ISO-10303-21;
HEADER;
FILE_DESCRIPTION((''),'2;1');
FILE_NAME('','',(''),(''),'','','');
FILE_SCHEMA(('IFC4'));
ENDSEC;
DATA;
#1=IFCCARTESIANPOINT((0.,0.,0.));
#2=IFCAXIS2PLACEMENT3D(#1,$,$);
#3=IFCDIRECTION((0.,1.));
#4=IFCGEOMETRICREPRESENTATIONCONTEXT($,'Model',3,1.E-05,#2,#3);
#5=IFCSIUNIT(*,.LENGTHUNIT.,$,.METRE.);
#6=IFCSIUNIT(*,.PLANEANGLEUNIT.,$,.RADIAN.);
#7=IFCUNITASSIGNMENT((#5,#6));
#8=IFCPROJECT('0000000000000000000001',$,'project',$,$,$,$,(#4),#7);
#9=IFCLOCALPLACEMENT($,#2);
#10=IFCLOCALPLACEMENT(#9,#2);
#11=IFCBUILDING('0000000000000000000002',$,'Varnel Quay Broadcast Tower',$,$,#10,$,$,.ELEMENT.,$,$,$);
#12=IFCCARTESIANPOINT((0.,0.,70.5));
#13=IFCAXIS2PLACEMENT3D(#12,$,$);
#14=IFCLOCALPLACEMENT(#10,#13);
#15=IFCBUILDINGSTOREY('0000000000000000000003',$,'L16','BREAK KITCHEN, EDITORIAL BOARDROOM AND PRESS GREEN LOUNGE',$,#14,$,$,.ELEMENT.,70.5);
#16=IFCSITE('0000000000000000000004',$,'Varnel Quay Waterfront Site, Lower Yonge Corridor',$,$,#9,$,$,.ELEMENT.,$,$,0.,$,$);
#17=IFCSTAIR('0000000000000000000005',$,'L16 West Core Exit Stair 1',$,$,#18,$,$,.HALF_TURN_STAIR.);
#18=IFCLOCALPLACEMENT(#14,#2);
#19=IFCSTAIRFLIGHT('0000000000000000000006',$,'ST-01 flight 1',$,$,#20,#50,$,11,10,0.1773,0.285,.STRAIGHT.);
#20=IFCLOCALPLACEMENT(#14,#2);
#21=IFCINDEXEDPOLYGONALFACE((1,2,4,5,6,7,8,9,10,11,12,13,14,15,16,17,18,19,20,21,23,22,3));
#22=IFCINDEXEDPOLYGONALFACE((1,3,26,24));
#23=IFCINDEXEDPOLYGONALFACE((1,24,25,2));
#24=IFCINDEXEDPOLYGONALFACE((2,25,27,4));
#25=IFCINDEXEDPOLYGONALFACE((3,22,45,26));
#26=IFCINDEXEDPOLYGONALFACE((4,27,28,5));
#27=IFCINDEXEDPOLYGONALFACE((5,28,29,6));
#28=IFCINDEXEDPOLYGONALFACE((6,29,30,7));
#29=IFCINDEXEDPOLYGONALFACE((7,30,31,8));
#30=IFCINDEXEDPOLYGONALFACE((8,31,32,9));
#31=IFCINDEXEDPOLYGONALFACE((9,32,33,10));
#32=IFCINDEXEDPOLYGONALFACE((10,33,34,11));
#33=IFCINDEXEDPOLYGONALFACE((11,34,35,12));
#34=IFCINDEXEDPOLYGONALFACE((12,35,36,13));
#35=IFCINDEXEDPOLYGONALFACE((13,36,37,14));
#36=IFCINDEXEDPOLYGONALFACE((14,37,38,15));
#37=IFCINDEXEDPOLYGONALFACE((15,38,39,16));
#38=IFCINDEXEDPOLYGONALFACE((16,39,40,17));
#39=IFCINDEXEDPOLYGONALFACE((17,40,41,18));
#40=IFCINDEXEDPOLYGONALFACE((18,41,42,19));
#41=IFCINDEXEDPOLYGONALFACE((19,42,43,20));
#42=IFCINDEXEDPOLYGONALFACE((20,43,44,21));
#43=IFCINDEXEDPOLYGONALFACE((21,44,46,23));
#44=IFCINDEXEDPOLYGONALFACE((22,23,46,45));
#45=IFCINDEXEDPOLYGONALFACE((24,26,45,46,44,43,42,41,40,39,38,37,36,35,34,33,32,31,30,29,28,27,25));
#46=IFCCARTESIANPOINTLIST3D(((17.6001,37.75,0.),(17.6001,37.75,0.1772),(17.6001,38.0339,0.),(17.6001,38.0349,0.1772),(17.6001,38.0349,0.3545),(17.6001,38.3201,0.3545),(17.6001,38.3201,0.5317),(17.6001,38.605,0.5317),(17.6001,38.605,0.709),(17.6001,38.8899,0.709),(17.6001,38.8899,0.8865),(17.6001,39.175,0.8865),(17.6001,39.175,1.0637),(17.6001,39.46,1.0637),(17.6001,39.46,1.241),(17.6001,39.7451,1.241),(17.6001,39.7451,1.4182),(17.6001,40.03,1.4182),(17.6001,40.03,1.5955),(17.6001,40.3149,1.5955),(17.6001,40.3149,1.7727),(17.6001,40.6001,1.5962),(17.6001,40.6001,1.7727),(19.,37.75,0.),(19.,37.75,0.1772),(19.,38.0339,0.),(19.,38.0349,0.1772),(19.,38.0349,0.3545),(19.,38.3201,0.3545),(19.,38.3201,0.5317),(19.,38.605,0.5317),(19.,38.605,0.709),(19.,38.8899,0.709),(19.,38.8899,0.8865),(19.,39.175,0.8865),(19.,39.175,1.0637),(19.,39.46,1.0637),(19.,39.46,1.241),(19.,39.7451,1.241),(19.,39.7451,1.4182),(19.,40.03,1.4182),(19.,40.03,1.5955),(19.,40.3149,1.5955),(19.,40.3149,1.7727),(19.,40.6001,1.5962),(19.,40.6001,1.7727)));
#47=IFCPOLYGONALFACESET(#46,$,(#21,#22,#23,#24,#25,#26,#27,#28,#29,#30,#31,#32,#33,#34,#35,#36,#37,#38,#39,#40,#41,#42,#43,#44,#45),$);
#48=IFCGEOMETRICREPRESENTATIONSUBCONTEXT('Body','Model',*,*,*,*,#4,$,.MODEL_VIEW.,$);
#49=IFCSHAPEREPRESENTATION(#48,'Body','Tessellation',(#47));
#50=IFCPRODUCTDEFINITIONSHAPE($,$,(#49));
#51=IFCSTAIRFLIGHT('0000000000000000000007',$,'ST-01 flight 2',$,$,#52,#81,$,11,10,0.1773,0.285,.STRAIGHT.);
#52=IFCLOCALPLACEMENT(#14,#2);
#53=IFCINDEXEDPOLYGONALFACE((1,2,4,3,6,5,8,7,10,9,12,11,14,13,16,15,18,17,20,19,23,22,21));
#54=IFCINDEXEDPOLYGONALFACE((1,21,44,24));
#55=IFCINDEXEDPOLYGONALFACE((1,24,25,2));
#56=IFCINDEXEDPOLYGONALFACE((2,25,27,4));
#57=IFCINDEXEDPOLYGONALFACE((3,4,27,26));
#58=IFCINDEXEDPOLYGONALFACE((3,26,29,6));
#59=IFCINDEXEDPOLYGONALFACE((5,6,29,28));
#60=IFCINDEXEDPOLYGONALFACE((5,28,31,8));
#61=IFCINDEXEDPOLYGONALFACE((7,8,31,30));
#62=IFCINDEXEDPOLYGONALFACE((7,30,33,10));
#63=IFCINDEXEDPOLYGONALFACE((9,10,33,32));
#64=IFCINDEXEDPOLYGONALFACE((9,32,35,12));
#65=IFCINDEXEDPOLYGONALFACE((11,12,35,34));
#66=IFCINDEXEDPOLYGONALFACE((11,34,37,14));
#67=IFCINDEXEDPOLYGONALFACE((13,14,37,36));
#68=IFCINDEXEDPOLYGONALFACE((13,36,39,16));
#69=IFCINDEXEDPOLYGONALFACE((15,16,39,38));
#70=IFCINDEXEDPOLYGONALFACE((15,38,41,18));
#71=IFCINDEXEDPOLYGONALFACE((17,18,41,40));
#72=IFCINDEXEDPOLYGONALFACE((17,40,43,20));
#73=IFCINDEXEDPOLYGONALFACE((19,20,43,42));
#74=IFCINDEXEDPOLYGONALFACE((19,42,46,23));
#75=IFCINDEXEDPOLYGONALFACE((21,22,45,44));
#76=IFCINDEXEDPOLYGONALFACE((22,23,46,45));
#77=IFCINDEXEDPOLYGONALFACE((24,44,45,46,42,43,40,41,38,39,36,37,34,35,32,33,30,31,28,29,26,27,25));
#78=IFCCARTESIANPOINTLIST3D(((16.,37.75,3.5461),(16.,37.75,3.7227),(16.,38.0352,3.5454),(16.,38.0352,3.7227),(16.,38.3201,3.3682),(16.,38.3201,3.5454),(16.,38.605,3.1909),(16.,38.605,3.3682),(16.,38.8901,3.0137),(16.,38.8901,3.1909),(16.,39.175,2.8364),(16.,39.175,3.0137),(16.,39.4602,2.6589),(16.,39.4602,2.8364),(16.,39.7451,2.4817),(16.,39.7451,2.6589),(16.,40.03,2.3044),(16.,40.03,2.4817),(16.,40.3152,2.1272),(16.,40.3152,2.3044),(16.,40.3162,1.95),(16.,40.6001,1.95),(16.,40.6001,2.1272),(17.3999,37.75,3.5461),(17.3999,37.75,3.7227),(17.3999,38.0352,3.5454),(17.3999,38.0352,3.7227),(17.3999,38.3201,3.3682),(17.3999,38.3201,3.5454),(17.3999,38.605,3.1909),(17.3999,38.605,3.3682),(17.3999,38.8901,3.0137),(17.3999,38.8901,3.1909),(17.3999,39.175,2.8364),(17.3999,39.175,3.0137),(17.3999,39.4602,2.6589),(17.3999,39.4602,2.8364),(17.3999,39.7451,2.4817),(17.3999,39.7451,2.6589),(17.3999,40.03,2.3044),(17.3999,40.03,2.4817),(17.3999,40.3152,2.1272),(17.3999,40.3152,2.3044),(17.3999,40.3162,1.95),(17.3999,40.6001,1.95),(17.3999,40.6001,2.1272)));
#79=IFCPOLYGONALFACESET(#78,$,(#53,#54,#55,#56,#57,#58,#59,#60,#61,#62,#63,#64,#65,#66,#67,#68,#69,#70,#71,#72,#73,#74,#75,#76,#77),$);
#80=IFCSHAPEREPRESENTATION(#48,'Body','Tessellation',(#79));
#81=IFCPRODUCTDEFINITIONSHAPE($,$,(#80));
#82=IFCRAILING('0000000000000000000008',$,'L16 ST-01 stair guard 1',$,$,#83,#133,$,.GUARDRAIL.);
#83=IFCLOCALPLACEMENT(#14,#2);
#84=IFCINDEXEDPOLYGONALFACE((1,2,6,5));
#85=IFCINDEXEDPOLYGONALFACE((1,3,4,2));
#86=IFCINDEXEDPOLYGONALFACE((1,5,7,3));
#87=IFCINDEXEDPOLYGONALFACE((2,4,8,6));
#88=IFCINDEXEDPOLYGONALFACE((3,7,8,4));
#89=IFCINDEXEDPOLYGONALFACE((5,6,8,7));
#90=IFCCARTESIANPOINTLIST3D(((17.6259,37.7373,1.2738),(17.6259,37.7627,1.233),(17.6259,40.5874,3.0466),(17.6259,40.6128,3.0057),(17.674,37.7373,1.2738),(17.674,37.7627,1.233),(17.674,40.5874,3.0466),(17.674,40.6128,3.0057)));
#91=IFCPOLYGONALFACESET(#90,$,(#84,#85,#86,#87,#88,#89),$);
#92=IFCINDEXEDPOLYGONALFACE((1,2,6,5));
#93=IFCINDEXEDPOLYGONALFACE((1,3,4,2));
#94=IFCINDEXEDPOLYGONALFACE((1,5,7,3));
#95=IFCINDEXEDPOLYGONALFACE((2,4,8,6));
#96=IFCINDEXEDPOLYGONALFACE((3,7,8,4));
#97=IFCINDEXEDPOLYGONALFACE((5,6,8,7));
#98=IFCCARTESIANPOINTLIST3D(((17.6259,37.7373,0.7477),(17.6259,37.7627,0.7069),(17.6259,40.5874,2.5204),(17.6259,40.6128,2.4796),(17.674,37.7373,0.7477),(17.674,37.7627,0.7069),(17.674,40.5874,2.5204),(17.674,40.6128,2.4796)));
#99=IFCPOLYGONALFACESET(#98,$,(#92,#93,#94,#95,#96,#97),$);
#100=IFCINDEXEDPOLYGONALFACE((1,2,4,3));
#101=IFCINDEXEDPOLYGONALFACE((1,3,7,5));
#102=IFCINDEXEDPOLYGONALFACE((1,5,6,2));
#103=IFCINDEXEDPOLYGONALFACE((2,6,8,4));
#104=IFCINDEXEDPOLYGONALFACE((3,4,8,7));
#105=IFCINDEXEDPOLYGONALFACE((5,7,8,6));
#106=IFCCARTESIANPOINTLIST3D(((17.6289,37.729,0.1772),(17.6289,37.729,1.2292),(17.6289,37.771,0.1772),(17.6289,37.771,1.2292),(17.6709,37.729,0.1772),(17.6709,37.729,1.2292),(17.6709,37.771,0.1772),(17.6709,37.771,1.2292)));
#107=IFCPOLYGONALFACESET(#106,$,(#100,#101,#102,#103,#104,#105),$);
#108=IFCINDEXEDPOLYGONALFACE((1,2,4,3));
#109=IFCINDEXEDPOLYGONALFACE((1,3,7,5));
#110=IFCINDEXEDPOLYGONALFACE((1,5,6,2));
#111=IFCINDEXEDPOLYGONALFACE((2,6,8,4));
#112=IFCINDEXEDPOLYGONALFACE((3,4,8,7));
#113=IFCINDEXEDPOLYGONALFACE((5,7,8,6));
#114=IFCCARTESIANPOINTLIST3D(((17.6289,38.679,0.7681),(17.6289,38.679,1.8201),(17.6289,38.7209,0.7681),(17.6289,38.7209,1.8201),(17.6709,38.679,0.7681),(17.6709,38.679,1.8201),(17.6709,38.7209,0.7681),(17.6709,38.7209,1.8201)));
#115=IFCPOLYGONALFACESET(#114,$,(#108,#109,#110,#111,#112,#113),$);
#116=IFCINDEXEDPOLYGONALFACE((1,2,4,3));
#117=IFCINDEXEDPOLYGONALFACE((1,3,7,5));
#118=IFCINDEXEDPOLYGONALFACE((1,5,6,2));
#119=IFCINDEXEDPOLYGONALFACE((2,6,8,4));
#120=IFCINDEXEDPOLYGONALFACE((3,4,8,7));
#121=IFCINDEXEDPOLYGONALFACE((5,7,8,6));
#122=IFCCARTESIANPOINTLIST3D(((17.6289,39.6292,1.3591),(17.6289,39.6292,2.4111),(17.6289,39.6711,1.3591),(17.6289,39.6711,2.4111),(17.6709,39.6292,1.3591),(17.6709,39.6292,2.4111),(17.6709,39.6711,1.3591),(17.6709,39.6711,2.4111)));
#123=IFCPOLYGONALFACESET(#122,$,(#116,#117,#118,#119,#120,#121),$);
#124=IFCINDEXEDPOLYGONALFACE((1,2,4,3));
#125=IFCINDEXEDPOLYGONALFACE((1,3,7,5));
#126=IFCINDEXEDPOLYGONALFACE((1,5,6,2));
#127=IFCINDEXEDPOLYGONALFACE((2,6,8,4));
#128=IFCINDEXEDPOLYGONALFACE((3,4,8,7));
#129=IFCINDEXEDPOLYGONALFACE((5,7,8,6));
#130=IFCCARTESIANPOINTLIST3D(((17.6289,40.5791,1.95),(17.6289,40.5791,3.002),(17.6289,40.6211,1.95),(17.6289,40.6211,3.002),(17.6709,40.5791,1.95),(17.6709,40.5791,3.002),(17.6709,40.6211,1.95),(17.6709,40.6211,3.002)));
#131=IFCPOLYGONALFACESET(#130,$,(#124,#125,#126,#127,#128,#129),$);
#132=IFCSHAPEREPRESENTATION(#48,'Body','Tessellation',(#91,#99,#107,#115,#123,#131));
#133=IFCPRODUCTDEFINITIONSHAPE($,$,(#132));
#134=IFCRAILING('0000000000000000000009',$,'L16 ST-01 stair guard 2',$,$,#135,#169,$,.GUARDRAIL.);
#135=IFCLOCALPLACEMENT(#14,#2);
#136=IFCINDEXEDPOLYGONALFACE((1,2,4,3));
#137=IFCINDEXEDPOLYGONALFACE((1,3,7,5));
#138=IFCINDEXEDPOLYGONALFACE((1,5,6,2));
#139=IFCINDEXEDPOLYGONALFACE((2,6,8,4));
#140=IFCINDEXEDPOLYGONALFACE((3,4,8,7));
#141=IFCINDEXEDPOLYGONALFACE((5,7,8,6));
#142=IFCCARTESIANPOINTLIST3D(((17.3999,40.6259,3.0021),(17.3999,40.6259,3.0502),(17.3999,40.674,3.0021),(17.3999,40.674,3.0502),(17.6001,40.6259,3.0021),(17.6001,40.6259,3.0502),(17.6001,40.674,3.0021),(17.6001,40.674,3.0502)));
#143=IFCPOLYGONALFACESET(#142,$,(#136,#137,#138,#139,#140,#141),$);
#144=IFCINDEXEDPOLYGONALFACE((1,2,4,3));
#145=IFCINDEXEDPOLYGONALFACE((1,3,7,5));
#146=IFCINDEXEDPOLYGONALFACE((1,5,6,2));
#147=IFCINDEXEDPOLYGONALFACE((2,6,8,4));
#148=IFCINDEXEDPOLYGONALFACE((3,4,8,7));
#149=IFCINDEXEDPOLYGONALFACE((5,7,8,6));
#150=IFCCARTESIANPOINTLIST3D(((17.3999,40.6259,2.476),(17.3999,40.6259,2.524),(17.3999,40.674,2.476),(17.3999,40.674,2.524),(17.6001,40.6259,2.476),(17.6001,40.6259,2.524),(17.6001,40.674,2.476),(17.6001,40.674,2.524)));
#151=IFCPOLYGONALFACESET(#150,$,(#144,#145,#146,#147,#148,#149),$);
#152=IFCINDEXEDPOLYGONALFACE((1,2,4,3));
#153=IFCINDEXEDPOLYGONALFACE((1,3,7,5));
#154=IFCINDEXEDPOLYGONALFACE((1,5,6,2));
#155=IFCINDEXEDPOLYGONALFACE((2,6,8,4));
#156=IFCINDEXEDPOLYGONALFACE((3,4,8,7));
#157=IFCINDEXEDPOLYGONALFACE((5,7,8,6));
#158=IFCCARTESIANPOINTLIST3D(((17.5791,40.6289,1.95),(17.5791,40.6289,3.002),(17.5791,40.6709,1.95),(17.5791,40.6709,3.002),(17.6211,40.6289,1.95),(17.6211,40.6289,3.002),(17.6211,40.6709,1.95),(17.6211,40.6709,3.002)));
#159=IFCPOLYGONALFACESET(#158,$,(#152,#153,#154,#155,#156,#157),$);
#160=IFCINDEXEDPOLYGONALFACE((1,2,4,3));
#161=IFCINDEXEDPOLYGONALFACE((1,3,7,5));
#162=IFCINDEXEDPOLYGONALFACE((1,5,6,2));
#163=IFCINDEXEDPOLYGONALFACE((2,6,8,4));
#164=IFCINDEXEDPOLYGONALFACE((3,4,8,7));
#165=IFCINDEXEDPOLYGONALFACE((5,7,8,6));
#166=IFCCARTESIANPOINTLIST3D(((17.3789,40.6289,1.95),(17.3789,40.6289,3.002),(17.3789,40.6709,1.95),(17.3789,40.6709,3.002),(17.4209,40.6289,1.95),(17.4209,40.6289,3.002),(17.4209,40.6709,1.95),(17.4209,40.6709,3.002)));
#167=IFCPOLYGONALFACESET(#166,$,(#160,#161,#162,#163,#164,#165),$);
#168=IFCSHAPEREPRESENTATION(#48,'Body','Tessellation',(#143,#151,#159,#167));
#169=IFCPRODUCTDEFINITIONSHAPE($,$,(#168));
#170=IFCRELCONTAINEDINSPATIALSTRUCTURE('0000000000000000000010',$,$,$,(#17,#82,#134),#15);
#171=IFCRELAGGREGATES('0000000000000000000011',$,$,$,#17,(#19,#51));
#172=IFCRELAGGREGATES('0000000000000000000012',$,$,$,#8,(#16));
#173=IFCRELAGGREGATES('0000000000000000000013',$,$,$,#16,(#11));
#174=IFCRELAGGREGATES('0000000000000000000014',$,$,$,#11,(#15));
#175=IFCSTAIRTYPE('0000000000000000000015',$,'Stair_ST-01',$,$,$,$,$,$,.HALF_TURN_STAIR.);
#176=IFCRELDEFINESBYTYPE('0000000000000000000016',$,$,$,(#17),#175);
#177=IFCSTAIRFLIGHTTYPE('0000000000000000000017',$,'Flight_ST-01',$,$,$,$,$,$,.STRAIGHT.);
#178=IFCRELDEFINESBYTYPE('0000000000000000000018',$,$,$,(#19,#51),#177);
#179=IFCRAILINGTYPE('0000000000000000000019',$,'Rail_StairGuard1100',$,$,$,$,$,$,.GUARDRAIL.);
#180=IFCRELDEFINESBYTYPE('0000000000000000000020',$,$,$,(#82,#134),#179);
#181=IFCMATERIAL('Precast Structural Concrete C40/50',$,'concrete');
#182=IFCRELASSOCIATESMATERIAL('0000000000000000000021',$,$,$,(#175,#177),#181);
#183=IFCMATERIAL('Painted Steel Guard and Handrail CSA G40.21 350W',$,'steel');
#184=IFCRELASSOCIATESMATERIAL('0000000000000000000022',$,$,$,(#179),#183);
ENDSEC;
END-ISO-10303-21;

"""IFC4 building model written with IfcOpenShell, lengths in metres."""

from ifc_helpers import new_model, si_unit, direction, frame, origin, origin_2d, place, context, subcontext, project, spatial, polyline, rectangle, outline, extrude, material, type_object, element, aggregate, save


model = new_model("IFC4")

# Units and contexts
model_context = context("Model", 3, precision=1e-05, world=origin(), true_north=direction((0.0, 1.0)))
body_context = subcontext(model_context, "Body", "Model", "MODEL_VIEW")
ifc_project = project(units=[si_unit("LENGTHUNIT", "METRE"), si_unit("PLANEANGLEUNIT", "RADIAN")], contexts=[model_context])

# Site, building, storey
site_placement = place(None, origin())
site = spatial("IfcSite", under=ifc_project, at=site_placement, Name="Varnel Quay Waterfront Site, Lower Yonge Corridor", CompositionType="ELEMENT", RefElevation=0.0)
building_placement = place(site_placement, origin())
building = spatial("IfcBuilding", under=site, at=building_placement, Name="Varnel Quay Broadcast Tower", CompositionType="ELEMENT")
storey_placement = place(building_placement, frame((0.0, 0.0, 70.5)))
storey = spatial("IfcBuildingStorey", under=building, at=storey_placement, Name="L16", Description="BREAK KITCHEN, EDITORIAL BOARDROOM AND PRESS GREEN LOUNGE", CompositionType="ELEMENT", Elevation=70.5)

# Stair, stair flights
ifc_material_1 = material(Name="Precast Structural Concrete C40/50", Category="concrete")
stair_type = type_object("IfcStairType", Name="Stair_ST-01", PredefinedType="HALF_TURN_STAIR", material=ifc_material_1)
stair_placement = place(storey_placement, origin())
stair = element("IfcStair", 1, at=stair_placement, inside=storey, type_object=stair_type, Name="L16 West Core Exit Stair 1", PredefinedType="HALF_TURN_STAIR")
stair_flight_type = type_object("IfcStairFlightType", Name="Flight_ST-01", PredefinedType="STRAIGHT", material=ifc_material_1)
stair_flight_1_placement = place(storey_placement, frame((18.3, 37.75, 0.0), z_axis=(0.0, 0.0, 1.0), x_axis=(0.0, 1.0, 0.0)))
stair_flight_1 = element("IfcStairFlight", 2, at=stair_flight_1_placement, type_object=stair_flight_type, Name="ST-01 flight 1", NumberOfRisers=11, NumberOfTreads=10, PredefinedType="STRAIGHT", RiserHeight=0.1773, TreadLength=0.285, context=body_context, shape_type="SweptSolid", body=[
    extrude(outline(polyline([(0.0, 0.0), (0.0, 0.1772), (0.2849, 0.1772), (0.2849, 0.3545), (0.5701, 0.3545), (0.5701, 0.5317), (0.855, 0.5317), (0.855, 0.709), (1.1399, 0.709), (1.1399, 0.8865), (1.425, 0.8865), (1.425, 1.0637), (1.71, 1.0637), (1.71, 1.241), (1.9951, 1.241), (1.9951, 1.4182), (2.28, 1.4182), (2.28, 1.5955), (2.5649, 1.5955), (2.5649, 1.7727), (2.8501, 1.7727), (2.8501, 1.95), (2.8501, 1.5962), (0.2839, 0.0), (0.0, 0.0)])), frame((0.0, 0.7, 0.0), z_axis=(0.0, -1.0, 0.0), x_axis=(1.0, 0.0, 0.0)), (0.0, 0.0, 1.0), 1.3999),
])
stair_flight_2_placement = place(storey_placement, frame((16.7, 40.6001, 1.95), z_axis=(0.0, 0.0, 1.0), x_axis=(0.0, -1.0, 0.0)))
stair_flight_2 = element("IfcStairFlight", 3, at=stair_flight_2_placement, type_object=stair_flight_type, Name="ST-01 flight 2", NumberOfRisers=11, NumberOfTreads=10, PredefinedType="STRAIGHT", RiserHeight=0.1773, TreadLength=0.285, context=body_context, shape_type="SweptSolid", body=[
    extrude(outline(polyline([(0.0, 0.0), (0.0, 0.1772), (0.2849, 0.1772), (0.2849, 0.3545), (0.5701, 0.3545), (0.5701, 0.5317), (0.855, 0.5317), (0.855, 0.709), (1.1399, 0.709), (1.1399, 0.8865), (1.425, 0.8865), (1.425, 1.0637), (1.71, 1.0637), (1.71, 1.241), (1.9951, 1.241), (1.9951, 1.4182), (2.28, 1.4182), (2.28, 1.5955), (2.5649, 1.5955), (2.5649, 1.7727), (2.8501, 1.7727), (2.8501, 1.95), (2.8501, 1.5962), (0.2839, 0.0), (0.0, 0.0)])), frame((0.0, 0.7, 0.0), z_axis=(0.0, -1.0, 0.0), x_axis=(1.0, 0.0, 0.0)), (0.0, 0.0, 1.0), 1.3999),
])
aggregate(stair, [stair_flight_1, stair_flight_2])

# Railings
ifc_material_2 = material(Name="Painted Steel Guard and Handrail CSA G40.21 350W", Category="steel")
railing_type_1 = type_object("IfcRailingType", Name="Rail_StairGuard1100", PredefinedType="GUARDRAIL", material=ifc_material_2)
railing_1_placement = place(storey_placement, frame((17.6499, 37.75, 0.1772)))
element("IfcRailing", 4, at=railing_1_placement, inside=storey, type_object=railing_type_1, Name="L16 ST-01 stair guard 1", PredefinedType="GUARDRAIL", context=body_context, shape_type="SweptSolid", body=[
    extrude(rectangle(XDim=0.0481, YDim=0.0481, at=origin_2d()), frame((0.0, 0.0, 1.0762), z_axis=(0.0, 0.849149, 0.528154), x_axis=(-1.0, 0.0, 0.0)), (0.0, 0.0, 1.0), 3.3564),
    extrude(rectangle(XDim=0.0481, YDim=0.0481, at=origin_2d()), frame((0.0, 0.0, 0.55), z_axis=(0.0, 0.849149, 0.528154), x_axis=(-1.0, 0.0, 0.0)), (0.0, 0.0, 1.0), 3.3564),
    extrude(rectangle(XDim=0.042, YDim=0.042, at=origin_2d()), origin(), (0.0, 0.0, 1.0), 1.052),
    extrude(rectangle(XDim=0.042, YDim=0.042, at=origin_2d()), frame((0.0, 0.95, 0.5908)), (0.0, 0.0, 1.0), 1.052),
    extrude(rectangle(XDim=0.042, YDim=0.042, at=origin_2d()), frame((0.0, 1.9001, 1.1819)), (0.0, 0.0, 1.0), 1.052),
    extrude(rectangle(XDim=0.042, YDim=0.042, at=origin_2d()), frame((0.0, 2.8501, 1.7727)), (0.0, 0.0, 1.0), 1.052),
])
railing_2_placement = place(storey_placement, frame((17.6001, 40.6499, 1.95)))
element("IfcRailing", 5, at=railing_2_placement, inside=storey, type_object=railing_type_1, Name="L16 ST-01 stair guard 2", PredefinedType="GUARDRAIL", context=body_context, shape_type="SweptSolid", body=[
    extrude(rectangle(XDim=0.0481, YDim=0.0481, at=origin_2d()), frame((0.0, 0.0, 1.0762), z_axis=(-1.0, 0.0, 0.0), x_axis=(0.0, -1.0, 0.0)), (0.0, 0.0, 1.0), 0.2002),
    extrude(rectangle(XDim=0.0481, YDim=0.0481, at=origin_2d()), frame((0.0, 0.0, 0.55), z_axis=(-1.0, 0.0, 0.0), x_axis=(0.0, -1.0, 0.0)), (0.0, 0.0, 1.0), 0.2002),
    extrude(rectangle(XDim=0.042, YDim=0.042, at=origin_2d()), origin(), (0.0, 0.0, 1.0), 1.052),
    extrude(rectangle(XDim=0.042, YDim=0.042, at=origin_2d()), frame((-0.2002, 0.0, 0.0)), (0.0, 0.0, 1.0), 1.052),
])

save(model, "model.ifc")
